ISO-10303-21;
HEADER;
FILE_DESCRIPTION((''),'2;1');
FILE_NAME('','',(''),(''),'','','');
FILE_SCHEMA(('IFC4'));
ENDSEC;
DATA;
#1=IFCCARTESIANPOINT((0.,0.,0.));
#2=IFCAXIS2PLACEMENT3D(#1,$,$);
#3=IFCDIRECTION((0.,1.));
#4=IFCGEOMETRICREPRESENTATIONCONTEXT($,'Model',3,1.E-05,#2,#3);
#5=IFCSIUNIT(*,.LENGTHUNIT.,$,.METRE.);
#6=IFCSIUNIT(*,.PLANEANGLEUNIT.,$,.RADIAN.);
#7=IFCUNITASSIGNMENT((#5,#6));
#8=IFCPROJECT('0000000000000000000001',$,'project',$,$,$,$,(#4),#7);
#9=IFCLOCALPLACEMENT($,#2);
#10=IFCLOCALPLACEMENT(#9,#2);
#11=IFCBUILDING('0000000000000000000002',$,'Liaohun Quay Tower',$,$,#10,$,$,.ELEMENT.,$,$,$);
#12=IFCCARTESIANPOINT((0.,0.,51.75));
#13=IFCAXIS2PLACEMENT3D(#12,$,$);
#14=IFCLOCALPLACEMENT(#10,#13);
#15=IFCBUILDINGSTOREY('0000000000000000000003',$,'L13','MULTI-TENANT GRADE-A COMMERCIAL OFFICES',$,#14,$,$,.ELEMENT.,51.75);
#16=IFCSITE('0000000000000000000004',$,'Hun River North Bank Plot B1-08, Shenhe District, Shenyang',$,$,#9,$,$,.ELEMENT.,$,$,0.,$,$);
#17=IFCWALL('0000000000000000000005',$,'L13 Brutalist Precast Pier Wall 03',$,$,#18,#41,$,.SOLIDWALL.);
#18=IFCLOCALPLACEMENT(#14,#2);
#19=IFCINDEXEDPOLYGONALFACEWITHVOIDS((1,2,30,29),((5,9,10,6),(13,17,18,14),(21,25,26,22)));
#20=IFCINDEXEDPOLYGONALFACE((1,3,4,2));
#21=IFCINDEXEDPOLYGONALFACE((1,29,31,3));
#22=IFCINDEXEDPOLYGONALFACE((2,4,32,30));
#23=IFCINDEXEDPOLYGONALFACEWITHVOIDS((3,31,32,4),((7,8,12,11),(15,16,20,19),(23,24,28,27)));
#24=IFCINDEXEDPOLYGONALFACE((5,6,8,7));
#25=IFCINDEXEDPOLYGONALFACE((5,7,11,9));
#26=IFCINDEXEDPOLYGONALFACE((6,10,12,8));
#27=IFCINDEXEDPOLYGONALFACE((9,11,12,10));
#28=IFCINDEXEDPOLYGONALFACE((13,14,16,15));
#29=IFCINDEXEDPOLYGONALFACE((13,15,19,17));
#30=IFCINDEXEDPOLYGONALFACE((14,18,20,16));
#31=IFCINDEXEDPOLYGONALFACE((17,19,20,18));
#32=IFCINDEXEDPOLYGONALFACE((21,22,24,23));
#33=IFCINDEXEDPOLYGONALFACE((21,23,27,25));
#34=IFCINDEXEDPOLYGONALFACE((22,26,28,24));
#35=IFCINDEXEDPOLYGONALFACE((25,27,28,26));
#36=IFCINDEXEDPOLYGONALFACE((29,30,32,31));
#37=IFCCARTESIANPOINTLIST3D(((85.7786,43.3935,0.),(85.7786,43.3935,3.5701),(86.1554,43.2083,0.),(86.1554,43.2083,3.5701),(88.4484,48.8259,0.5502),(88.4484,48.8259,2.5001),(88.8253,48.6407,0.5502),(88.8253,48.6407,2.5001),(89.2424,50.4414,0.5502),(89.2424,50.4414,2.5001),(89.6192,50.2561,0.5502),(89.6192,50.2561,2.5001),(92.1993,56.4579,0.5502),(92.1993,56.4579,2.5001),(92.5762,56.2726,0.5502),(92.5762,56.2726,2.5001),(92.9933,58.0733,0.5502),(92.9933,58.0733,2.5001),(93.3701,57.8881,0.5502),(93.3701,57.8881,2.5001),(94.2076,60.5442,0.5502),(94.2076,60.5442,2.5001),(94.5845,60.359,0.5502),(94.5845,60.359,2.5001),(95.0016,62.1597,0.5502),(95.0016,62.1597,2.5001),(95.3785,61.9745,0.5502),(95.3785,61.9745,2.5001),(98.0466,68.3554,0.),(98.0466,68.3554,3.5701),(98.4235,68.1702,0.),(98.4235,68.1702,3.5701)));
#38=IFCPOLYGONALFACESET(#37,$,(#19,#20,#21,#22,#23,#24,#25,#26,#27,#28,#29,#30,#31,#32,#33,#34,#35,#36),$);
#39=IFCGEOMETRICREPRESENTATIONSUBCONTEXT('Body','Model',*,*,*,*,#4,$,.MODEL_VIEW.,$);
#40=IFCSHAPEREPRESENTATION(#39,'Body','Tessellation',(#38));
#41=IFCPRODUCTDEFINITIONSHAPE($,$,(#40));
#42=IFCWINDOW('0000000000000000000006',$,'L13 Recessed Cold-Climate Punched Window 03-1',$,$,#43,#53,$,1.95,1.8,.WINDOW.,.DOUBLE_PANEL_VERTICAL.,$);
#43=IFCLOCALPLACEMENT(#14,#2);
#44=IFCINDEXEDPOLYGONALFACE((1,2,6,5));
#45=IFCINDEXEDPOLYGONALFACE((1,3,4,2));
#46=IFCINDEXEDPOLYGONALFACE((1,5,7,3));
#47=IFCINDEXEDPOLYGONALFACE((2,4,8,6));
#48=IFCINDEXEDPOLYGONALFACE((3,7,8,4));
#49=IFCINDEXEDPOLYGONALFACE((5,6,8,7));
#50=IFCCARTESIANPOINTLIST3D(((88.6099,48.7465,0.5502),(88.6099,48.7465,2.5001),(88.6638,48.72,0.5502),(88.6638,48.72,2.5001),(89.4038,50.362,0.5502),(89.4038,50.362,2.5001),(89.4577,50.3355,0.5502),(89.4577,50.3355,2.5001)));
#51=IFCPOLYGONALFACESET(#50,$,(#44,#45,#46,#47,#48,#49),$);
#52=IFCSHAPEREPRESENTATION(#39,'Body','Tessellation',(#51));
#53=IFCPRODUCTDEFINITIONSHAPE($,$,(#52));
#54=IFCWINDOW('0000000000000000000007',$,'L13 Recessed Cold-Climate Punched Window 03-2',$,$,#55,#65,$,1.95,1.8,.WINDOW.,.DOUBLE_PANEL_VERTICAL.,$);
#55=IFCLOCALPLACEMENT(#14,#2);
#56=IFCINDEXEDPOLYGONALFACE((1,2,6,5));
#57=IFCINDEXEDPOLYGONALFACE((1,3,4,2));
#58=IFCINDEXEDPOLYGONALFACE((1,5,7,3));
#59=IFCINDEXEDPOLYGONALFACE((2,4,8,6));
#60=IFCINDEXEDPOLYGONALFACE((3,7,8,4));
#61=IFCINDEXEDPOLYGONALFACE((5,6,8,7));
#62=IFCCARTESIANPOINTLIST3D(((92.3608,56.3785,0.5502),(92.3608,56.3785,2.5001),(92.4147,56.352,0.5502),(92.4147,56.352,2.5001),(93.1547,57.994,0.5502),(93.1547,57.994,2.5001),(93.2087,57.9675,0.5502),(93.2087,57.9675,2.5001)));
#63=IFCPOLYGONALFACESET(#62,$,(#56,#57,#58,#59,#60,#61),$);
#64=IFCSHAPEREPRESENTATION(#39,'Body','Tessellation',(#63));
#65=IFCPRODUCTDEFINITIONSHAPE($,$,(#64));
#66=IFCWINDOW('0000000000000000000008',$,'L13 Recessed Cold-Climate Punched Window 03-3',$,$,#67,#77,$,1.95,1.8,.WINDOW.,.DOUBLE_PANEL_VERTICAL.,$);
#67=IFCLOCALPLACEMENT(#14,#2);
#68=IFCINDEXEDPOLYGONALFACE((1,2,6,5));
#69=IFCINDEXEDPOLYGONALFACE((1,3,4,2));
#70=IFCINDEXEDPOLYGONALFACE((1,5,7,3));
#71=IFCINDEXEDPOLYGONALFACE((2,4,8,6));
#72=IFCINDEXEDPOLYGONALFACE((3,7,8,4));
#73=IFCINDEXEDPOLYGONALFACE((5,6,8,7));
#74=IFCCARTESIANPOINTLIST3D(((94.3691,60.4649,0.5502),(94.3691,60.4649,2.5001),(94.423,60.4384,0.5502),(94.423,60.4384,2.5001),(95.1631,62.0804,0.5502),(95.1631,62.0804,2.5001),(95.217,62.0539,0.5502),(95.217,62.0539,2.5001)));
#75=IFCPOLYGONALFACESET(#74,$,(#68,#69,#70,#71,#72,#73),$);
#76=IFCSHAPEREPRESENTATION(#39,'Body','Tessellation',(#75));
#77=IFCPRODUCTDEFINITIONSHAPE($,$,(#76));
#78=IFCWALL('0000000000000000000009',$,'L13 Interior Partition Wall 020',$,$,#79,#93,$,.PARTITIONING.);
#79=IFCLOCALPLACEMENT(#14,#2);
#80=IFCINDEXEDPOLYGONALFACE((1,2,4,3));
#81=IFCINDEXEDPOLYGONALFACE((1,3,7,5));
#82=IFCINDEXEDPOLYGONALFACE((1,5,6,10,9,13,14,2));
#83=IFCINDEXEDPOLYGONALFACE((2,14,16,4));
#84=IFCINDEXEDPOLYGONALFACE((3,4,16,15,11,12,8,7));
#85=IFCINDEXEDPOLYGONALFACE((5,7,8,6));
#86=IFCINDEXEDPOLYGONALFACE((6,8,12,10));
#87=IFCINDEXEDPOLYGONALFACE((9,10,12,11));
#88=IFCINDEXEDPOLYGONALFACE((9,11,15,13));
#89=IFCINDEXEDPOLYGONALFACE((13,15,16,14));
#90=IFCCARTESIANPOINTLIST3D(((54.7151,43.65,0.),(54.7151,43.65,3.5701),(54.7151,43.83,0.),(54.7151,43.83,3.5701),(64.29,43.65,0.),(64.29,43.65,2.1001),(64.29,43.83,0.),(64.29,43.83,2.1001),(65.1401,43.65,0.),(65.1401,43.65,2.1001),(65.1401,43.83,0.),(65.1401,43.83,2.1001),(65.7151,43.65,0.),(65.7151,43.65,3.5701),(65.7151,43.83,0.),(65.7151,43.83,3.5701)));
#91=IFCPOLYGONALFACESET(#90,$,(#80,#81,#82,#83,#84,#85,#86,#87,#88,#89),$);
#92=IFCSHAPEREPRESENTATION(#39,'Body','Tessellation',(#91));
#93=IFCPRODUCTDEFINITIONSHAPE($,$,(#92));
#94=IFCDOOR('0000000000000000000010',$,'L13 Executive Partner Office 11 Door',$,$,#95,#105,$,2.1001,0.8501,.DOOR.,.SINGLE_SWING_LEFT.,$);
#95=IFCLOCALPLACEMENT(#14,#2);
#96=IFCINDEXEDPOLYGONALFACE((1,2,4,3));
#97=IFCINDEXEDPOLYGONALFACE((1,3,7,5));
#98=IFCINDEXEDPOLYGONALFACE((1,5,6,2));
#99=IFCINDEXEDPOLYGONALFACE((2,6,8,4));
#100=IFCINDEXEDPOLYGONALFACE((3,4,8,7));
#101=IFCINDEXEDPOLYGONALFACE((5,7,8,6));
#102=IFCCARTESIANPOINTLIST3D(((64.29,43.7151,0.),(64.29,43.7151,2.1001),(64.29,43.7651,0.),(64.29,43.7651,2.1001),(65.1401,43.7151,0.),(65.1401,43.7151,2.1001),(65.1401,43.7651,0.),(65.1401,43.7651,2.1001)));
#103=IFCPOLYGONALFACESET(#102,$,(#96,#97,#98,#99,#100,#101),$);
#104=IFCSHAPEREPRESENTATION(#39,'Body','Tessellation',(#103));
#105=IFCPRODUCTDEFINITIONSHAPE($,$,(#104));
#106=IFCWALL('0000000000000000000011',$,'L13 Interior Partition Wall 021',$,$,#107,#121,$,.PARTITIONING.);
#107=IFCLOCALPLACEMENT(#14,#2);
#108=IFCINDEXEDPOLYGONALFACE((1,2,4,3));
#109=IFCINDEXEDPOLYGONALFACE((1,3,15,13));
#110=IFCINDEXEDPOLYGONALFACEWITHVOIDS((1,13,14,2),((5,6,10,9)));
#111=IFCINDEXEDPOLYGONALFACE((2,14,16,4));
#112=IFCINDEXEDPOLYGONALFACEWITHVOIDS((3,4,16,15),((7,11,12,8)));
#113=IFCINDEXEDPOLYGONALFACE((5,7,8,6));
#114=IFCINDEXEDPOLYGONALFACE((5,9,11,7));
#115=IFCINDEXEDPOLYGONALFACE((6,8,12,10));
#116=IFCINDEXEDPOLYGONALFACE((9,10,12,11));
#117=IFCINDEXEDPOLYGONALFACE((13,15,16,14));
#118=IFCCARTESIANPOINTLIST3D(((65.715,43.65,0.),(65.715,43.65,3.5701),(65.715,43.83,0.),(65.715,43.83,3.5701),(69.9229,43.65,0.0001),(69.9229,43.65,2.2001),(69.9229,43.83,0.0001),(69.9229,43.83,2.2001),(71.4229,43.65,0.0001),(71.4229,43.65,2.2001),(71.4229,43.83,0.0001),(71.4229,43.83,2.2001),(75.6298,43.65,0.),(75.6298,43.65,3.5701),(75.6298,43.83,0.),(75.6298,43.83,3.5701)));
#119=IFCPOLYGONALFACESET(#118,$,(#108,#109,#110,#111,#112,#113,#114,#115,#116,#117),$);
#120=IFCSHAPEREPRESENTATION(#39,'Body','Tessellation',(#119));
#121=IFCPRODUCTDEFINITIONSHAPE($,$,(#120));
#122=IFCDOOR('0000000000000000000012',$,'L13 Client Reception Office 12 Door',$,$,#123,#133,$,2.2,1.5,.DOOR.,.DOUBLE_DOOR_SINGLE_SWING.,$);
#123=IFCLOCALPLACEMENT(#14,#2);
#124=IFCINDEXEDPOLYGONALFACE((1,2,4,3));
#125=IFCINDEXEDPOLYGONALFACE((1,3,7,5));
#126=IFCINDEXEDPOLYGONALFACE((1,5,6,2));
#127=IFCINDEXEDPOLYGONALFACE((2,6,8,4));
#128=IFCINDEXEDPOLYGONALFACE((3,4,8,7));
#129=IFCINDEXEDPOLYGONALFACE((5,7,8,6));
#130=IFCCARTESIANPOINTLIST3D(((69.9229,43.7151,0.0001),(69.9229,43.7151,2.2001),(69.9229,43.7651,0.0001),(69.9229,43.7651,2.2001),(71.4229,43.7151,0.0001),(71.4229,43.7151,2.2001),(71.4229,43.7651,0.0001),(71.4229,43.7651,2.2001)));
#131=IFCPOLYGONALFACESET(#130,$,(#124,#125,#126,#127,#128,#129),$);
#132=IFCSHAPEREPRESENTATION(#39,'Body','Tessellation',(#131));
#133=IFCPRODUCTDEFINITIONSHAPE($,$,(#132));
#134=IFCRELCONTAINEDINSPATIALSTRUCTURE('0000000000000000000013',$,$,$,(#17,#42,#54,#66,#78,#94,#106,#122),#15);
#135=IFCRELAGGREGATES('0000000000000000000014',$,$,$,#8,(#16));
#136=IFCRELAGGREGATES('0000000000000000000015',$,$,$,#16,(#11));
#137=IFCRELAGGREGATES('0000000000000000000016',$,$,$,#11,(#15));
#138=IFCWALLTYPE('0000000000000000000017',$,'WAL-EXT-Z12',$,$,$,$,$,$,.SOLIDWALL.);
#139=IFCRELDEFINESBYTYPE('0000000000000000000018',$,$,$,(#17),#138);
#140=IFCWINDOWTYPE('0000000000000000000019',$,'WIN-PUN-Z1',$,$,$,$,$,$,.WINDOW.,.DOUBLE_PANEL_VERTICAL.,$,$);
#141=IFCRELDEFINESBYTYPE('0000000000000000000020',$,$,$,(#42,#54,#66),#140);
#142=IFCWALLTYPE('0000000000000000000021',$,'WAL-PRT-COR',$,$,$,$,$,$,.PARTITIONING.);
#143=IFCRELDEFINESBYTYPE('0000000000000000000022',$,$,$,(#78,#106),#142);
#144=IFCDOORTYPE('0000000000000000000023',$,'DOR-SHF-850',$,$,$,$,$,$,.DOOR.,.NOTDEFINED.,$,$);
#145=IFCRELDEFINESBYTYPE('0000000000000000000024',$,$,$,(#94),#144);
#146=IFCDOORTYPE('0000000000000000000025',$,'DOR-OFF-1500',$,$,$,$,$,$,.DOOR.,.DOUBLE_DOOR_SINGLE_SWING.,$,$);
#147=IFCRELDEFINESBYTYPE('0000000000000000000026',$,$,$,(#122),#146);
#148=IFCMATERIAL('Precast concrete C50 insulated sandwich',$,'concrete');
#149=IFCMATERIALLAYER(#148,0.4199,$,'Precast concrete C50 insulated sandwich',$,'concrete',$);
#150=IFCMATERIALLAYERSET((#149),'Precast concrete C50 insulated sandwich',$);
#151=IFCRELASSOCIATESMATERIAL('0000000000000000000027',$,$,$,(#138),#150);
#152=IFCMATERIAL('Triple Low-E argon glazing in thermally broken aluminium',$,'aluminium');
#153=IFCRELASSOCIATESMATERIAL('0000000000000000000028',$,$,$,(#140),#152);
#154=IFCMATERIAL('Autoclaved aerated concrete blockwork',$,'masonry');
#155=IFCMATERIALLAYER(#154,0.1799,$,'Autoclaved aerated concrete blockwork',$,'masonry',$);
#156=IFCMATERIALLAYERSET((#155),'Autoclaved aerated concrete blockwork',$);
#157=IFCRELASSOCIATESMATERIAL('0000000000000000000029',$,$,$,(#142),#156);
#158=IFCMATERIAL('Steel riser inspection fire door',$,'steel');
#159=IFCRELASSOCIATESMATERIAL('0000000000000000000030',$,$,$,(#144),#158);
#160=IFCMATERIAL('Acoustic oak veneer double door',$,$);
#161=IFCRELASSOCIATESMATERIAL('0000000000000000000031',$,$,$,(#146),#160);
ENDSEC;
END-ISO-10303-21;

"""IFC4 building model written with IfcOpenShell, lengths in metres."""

from ifc_helpers import new_model, si_unit, direction, frame, frame_2d, origin, place, context, subcontext, project, spatial, rectangle, extrude, source, transform, mapped, material, layer, layer_set, type_object, element, fill, save


model = new_model("IFC4")

# Units and contexts
model_context = context("Model", 3, precision=1e-05, world=origin(), true_north=direction((0.0, 1.0)))
body_context = subcontext(model_context, "Body", "Model", "MODEL_VIEW")
ifc_project = project(units=[si_unit("LENGTHUNIT", "METRE"), si_unit("PLANEANGLEUNIT", "RADIAN")], contexts=[model_context])

# Site, building, storey
site_placement = place(None, origin())
site = spatial("IfcSite", under=ifc_project, at=site_placement, Name="Hun River North Bank Plot B1-08, Shenhe District, Shenyang", CompositionType="ELEMENT", RefElevation=0.0)
building_placement = place(site_placement, origin())
building = spatial("IfcBuilding", under=site, at=building_placement, Name="Liaohun Quay Tower", CompositionType="ELEMENT")
storey_placement = place(building_placement, frame((0.0, 0.0, 51.75)))
storey = spatial("IfcBuildingStorey", under=building, at=storey_placement, Name="L13", Description="MULTI-TENANT GRADE-A COMMERCIAL OFFICES", CompositionType="ELEMENT", Elevation=51.75)

# Shared definitions
ifc_material_1 = material(Name="Precast concrete C50 insulated sandwich", Category="concrete")
ifc_layer_1 = layer(ifc_material_1, 0.4199, Name="Precast concrete C50 insulated sandwich", Category="concrete")
ifc_layer_set_1 = layer_set([ifc_layer_1], Name="Precast concrete C50 insulated sandwich")
wall_type_1 = type_object("IfcWallType", Name="WAL-EXT-Z12", PredefinedType="SOLIDWALL", material=ifc_layer_set_1)

# Wall, openings, windows
shared_shape_1 = source(origin(), body_context, "Body", "SweptSolid", [
    extrude(rectangle(XDim=1.8, YDim=1.95, at=frame_2d((0.8999, 0.9751))), frame((0.0, 0.22, 0.0), z_axis=(0.0, -1.0, 0.0), x_axis=(1.0, 0.0, 0.0)), (0.0, 0.0, 1.0), 0.4399),
])
ifc_material_2 = material(Name="Triple Low-E argon glazing in thermally broken aluminium", Category="aluminium")
window_type_1 = type_object("IfcWindowType", Name="WIN-PUN-Z1", PartitioningType="DOUBLE_PANEL_VERTICAL", PredefinedType="WINDOW", material=ifc_material_2)
shared_shape_2 = source(origin(), body_context, "Body", "SweptSolid", [
    extrude(rectangle(XDim=1.8, YDim=1.95, at=frame_2d((0.8999, 0.9751))), frame((0.0, 0.03, 0.0), z_axis=(0.0, -1.0, 0.0), x_axis=(1.0, 0.0, 0.0)), (0.0, 0.0, 1.0), 0.0601),
])
wall_1_placement = place(storey_placement, frame((85.967, 43.301, 0.0), z_axis=(0.0, 0.0, 1.0), x_axis=(0.44108, 0.897468, 0.0)))
wall_1 = element("IfcWall", 1, at=wall_1_placement, inside=storey, type_object=wall_type_1, Name="L13 Brutalist Precast Pier Wall 03", PredefinedType="SOLIDWALL", context=body_context, shape_type="SweptSolid", body=[
    extrude(rectangle(XDim=27.8137, YDim=0.4199, at=frame_2d((13.9067, 0.0))), origin(), (0.0, 0.0, 1.0), 3.5701),
])
opening_1_placement = place(wall_1_placement, frame((6.053, 0.0, 0.55)))
opening_1 = element("IfcOpeningElement", 2, at=opening_1_placement, cuts=wall_1, PredefinedType="OPENING", context=body_context, shape_type="MappedRepresentation", body=[
    mapped(shared_shape_1, transform((0.0, 0.0, 0.0), x_axis=(1.0, 0.0, 0.0), y_axis=(0.0, 1.0, 0.0), z_axis=(0.0, 0.0, 1.0), scale=1.0)),
])
opening_2_placement = place(wall_1_placement, frame((14.5569, 0.0, 0.55)))
opening_2 = element("IfcOpeningElement", 3, at=opening_2_placement, cuts=wall_1, PredefinedType="OPENING", context=body_context, shape_type="MappedRepresentation", body=[
    mapped(shared_shape_1, transform((0.0, 0.0, 0.0), x_axis=(1.0, 0.0, 0.0), y_axis=(0.0, 1.0, 0.0), z_axis=(0.0, 0.0, 1.0), scale=1.0)),
])
opening_3_placement = place(wall_1_placement, frame((19.1101, 0.0, 0.55)))
opening_3 = element("IfcOpeningElement", 4, at=opening_3_placement, cuts=wall_1, PredefinedType="OPENING", context=body_context, shape_type="MappedRepresentation", body=[
    mapped(shared_shape_1, transform((0.0, 0.0, 0.0), x_axis=(1.0, 0.0, 0.0), y_axis=(0.0, 1.0, 0.0), z_axis=(0.0, 0.0, 1.0), scale=1.0)),
])
window_1_placement = place(opening_1_placement, origin())
window_1 = element("IfcWindow", 5, at=window_1_placement, inside=storey, type_object=window_type_1, Name="L13 Recessed Cold-Climate Punched Window 03-1", OverallHeight=1.95, OverallWidth=1.8, PartitioningType="DOUBLE_PANEL_VERTICAL", PredefinedType="WINDOW", context=body_context, shape_type="MappedRepresentation", body=[
    mapped(shared_shape_2, transform((0.0, 0.0, 0.0), x_axis=(1.0, 0.0, 0.0), y_axis=(0.0, 1.0, 0.0), z_axis=(0.0, 0.0, 1.0), scale=1.0)),
])
fill(opening_1, window_1)
window_2_placement = place(opening_2_placement, origin())
window_2 = element("IfcWindow", 6, at=window_2_placement, inside=storey, type_object=window_type_1, Name="L13 Recessed Cold-Climate Punched Window 03-2", OverallHeight=1.95, OverallWidth=1.8, PartitioningType="DOUBLE_PANEL_VERTICAL", PredefinedType="WINDOW", context=body_context, shape_type="MappedRepresentation", body=[
    mapped(shared_shape_2, transform((0.0, 0.0, 0.0), x_axis=(1.0, 0.0, 0.0), y_axis=(0.0, 1.0, 0.0), z_axis=(0.0, 0.0, 1.0), scale=1.0)),
])
fill(opening_2, window_2)
window_3_placement = place(opening_3_placement, origin())
window_3 = element("IfcWindow", 7, at=window_3_placement, inside=storey, type_object=window_type_1, Name="L13 Recessed Cold-Climate Punched Window 03-3", OverallHeight=1.95, OverallWidth=1.8, PartitioningType="DOUBLE_PANEL_VERTICAL", PredefinedType="WINDOW", context=body_context, shape_type="MappedRepresentation", body=[
    mapped(shared_shape_2, transform((0.0, 0.0, 0.0), x_axis=(1.0, 0.0, 0.0), y_axis=(0.0, 1.0, 0.0), z_axis=(0.0, 0.0, 1.0), scale=1.0)),
])
fill(opening_3, window_3)

# Walls, openings, doors
ifc_material_3 = material(Name="Autoclaved aerated concrete blockwork", Category="masonry")
ifc_layer_2 = layer(ifc_material_3, 0.1799, Name="Autoclaved aerated concrete blockwork", Category="masonry")
ifc_layer_set_2 = layer_set([ifc_layer_2], Name="Autoclaved aerated concrete blockwork")
wall_type_2 = type_object("IfcWallType", Name="WAL-PRT-COR", PredefinedType="PARTITIONING", material=ifc_layer_set_2)
wall_2_placement = place(storey_placement, frame((65.7151, 43.74, 0.0), z_axis=(0.0, 0.0, 1.0), x_axis=(-1.0, 0.0, 0.0)))
wall_2 = element("IfcWall", 8, at=wall_2_placement, inside=storey, type_object=wall_type_2, Name="L13 Interior Partition Wall 020", PredefinedType="PARTITIONING", context=body_context, shape_type="SweptSolid", body=[
    extrude(rectangle(XDim=11.0, YDim=0.1799, at=frame_2d((5.5, 0.0))), origin(), (0.0, 0.0, 1.0), 3.5701),
])
shared_shape_3 = source(origin(), body_context, "Body", "SweptSolid", [
    extrude(rectangle(XDim=0.8501, YDim=2.1001, at=frame_2d((0.425, 1.05))), frame((0.0, 0.0999, 0.0), z_axis=(0.0, -1.0, 0.0), x_axis=(1.0, 0.0, 0.0)), (0.0, 0.0, 1.0), 0.2),
])
opening_4_placement = place(wall_2_placement, frame((0.575, 0.0, 0.0)))
opening_4 = element("IfcOpeningElement", 9, at=opening_4_placement, cuts=wall_2, PredefinedType="OPENING", context=body_context, shape_type="MappedRepresentation", body=[
    mapped(shared_shape_3, transform((0.0, 0.0, 0.0), x_axis=(1.0, 0.0, 0.0), y_axis=(0.0, 1.0, 0.0), z_axis=(0.0, 0.0, 1.0), scale=1.0)),
])
ifc_material_4 = material(Name="Steel riser inspection fire door", Category="steel")
door_type_1 = type_object("IfcDoorType", Name="DOR-SHF-850", OperationType="NOTDEFINED", PredefinedType="DOOR", material=ifc_material_4)
shared_shape_4 = source(origin(), body_context, "Body", "SweptSolid", [
    extrude(rectangle(XDim=0.8501, YDim=2.1001, at=frame_2d((0.425, 1.05))), frame((0.0, 0.0249, 0.0), z_axis=(0.0, -1.0, 0.0), x_axis=(1.0, 0.0, 0.0)), (0.0, 0.0, 1.0), 0.05),
])
door_1_placement = place(opening_4_placement, origin())
door_1 = element("IfcDoor", 10, at=door_1_placement, inside=storey, type_object=door_type_1, Name="L13 Executive Partner Office 11 Door", OperationType="SINGLE_SWING_LEFT", OverallHeight=2.1001, OverallWidth=0.8501, PredefinedType="DOOR", context=body_context, shape_type="MappedRepresentation", body=[
    mapped(shared_shape_4, transform((0.0, 0.0, 0.0), x_axis=(1.0, 0.0, 0.0), y_axis=(0.0, 1.0, 0.0), z_axis=(0.0, 0.0, 1.0), scale=1.0)),
])
fill(opening_4, door_1)
wall_3_placement = place(storey_placement, frame((75.6299, 43.74, 0.0), z_axis=(0.0, 0.0, 1.0), x_axis=(-1.0, 0.0, 0.0)))
wall_3 = element("IfcWall", 11, at=wall_3_placement, inside=storey, type_object=wall_type_2, Name="L13 Interior Partition Wall 021", PredefinedType="PARTITIONING", context=body_context, shape_type="SweptSolid", body=[
    extrude(rectangle(XDim=9.9148, YDim=0.1799, at=frame_2d((4.9575, 0.0))), origin(), (0.0, 0.0, 1.0), 3.5701),
])
shared_shape_5 = source(origin(), body_context, "Body", "SweptSolid", [
    extrude(rectangle(XDim=1.5, YDim=2.2, at=frame_2d((0.75, 1.1001))), frame((0.0, 0.0999, 0.0), z_axis=(0.0, -1.0, 0.0), x_axis=(1.0, 0.0, 0.0)), (0.0, 0.0, 1.0), 0.2),
])
opening_5_placement = place(wall_3_placement, frame((4.207, 0.0, 0.0)))
opening_5 = element("IfcOpeningElement", 12, at=opening_5_placement, cuts=wall_3, PredefinedType="OPENING", context=body_context, shape_type="MappedRepresentation", body=[
    mapped(shared_shape_5, transform((0.0, 0.0, 0.0), x_axis=(1.0, 0.0, 0.0), y_axis=(0.0, 1.0, 0.0), z_axis=(0.0, 0.0, 1.0), scale=1.0)),
])
ifc_material_5 = material(Name="Acoustic oak veneer double door")
door_type_2 = type_object("IfcDoorType", Name="DOR-OFF-1500", OperationType="DOUBLE_DOOR_SINGLE_SWING", PredefinedType="DOOR", material=ifc_material_5)
shared_shape_6 = source(origin(), body_context, "Body", "SweptSolid", [
    extrude(rectangle(XDim=1.5, YDim=2.2, at=frame_2d((0.75, 1.1001))), frame((0.0, 0.0249, 0.0), z_axis=(0.0, -1.0, 0.0), x_axis=(1.0, 0.0, 0.0)), (0.0, 0.0, 1.0), 0.05),
])
door_2_placement = place(opening_5_placement, origin())
door_2 = element("IfcDoor", 13, at=door_2_placement, inside=storey, type_object=door_type_2, Name="L13 Client Reception Office 12 Door", OperationType="DOUBLE_DOOR_SINGLE_SWING", OverallHeight=2.2, OverallWidth=1.5, PredefinedType="DOOR", context=body_context, shape_type="MappedRepresentation", body=[
    mapped(shared_shape_6, transform((0.0, 0.0, 0.0), x_axis=(1.0, 0.0, 0.0), y_axis=(0.0, 1.0, 0.0), z_axis=(0.0, 0.0, 1.0), scale=1.0)),
])
fill(opening_5, door_2)

save(model, "model.ifc")
